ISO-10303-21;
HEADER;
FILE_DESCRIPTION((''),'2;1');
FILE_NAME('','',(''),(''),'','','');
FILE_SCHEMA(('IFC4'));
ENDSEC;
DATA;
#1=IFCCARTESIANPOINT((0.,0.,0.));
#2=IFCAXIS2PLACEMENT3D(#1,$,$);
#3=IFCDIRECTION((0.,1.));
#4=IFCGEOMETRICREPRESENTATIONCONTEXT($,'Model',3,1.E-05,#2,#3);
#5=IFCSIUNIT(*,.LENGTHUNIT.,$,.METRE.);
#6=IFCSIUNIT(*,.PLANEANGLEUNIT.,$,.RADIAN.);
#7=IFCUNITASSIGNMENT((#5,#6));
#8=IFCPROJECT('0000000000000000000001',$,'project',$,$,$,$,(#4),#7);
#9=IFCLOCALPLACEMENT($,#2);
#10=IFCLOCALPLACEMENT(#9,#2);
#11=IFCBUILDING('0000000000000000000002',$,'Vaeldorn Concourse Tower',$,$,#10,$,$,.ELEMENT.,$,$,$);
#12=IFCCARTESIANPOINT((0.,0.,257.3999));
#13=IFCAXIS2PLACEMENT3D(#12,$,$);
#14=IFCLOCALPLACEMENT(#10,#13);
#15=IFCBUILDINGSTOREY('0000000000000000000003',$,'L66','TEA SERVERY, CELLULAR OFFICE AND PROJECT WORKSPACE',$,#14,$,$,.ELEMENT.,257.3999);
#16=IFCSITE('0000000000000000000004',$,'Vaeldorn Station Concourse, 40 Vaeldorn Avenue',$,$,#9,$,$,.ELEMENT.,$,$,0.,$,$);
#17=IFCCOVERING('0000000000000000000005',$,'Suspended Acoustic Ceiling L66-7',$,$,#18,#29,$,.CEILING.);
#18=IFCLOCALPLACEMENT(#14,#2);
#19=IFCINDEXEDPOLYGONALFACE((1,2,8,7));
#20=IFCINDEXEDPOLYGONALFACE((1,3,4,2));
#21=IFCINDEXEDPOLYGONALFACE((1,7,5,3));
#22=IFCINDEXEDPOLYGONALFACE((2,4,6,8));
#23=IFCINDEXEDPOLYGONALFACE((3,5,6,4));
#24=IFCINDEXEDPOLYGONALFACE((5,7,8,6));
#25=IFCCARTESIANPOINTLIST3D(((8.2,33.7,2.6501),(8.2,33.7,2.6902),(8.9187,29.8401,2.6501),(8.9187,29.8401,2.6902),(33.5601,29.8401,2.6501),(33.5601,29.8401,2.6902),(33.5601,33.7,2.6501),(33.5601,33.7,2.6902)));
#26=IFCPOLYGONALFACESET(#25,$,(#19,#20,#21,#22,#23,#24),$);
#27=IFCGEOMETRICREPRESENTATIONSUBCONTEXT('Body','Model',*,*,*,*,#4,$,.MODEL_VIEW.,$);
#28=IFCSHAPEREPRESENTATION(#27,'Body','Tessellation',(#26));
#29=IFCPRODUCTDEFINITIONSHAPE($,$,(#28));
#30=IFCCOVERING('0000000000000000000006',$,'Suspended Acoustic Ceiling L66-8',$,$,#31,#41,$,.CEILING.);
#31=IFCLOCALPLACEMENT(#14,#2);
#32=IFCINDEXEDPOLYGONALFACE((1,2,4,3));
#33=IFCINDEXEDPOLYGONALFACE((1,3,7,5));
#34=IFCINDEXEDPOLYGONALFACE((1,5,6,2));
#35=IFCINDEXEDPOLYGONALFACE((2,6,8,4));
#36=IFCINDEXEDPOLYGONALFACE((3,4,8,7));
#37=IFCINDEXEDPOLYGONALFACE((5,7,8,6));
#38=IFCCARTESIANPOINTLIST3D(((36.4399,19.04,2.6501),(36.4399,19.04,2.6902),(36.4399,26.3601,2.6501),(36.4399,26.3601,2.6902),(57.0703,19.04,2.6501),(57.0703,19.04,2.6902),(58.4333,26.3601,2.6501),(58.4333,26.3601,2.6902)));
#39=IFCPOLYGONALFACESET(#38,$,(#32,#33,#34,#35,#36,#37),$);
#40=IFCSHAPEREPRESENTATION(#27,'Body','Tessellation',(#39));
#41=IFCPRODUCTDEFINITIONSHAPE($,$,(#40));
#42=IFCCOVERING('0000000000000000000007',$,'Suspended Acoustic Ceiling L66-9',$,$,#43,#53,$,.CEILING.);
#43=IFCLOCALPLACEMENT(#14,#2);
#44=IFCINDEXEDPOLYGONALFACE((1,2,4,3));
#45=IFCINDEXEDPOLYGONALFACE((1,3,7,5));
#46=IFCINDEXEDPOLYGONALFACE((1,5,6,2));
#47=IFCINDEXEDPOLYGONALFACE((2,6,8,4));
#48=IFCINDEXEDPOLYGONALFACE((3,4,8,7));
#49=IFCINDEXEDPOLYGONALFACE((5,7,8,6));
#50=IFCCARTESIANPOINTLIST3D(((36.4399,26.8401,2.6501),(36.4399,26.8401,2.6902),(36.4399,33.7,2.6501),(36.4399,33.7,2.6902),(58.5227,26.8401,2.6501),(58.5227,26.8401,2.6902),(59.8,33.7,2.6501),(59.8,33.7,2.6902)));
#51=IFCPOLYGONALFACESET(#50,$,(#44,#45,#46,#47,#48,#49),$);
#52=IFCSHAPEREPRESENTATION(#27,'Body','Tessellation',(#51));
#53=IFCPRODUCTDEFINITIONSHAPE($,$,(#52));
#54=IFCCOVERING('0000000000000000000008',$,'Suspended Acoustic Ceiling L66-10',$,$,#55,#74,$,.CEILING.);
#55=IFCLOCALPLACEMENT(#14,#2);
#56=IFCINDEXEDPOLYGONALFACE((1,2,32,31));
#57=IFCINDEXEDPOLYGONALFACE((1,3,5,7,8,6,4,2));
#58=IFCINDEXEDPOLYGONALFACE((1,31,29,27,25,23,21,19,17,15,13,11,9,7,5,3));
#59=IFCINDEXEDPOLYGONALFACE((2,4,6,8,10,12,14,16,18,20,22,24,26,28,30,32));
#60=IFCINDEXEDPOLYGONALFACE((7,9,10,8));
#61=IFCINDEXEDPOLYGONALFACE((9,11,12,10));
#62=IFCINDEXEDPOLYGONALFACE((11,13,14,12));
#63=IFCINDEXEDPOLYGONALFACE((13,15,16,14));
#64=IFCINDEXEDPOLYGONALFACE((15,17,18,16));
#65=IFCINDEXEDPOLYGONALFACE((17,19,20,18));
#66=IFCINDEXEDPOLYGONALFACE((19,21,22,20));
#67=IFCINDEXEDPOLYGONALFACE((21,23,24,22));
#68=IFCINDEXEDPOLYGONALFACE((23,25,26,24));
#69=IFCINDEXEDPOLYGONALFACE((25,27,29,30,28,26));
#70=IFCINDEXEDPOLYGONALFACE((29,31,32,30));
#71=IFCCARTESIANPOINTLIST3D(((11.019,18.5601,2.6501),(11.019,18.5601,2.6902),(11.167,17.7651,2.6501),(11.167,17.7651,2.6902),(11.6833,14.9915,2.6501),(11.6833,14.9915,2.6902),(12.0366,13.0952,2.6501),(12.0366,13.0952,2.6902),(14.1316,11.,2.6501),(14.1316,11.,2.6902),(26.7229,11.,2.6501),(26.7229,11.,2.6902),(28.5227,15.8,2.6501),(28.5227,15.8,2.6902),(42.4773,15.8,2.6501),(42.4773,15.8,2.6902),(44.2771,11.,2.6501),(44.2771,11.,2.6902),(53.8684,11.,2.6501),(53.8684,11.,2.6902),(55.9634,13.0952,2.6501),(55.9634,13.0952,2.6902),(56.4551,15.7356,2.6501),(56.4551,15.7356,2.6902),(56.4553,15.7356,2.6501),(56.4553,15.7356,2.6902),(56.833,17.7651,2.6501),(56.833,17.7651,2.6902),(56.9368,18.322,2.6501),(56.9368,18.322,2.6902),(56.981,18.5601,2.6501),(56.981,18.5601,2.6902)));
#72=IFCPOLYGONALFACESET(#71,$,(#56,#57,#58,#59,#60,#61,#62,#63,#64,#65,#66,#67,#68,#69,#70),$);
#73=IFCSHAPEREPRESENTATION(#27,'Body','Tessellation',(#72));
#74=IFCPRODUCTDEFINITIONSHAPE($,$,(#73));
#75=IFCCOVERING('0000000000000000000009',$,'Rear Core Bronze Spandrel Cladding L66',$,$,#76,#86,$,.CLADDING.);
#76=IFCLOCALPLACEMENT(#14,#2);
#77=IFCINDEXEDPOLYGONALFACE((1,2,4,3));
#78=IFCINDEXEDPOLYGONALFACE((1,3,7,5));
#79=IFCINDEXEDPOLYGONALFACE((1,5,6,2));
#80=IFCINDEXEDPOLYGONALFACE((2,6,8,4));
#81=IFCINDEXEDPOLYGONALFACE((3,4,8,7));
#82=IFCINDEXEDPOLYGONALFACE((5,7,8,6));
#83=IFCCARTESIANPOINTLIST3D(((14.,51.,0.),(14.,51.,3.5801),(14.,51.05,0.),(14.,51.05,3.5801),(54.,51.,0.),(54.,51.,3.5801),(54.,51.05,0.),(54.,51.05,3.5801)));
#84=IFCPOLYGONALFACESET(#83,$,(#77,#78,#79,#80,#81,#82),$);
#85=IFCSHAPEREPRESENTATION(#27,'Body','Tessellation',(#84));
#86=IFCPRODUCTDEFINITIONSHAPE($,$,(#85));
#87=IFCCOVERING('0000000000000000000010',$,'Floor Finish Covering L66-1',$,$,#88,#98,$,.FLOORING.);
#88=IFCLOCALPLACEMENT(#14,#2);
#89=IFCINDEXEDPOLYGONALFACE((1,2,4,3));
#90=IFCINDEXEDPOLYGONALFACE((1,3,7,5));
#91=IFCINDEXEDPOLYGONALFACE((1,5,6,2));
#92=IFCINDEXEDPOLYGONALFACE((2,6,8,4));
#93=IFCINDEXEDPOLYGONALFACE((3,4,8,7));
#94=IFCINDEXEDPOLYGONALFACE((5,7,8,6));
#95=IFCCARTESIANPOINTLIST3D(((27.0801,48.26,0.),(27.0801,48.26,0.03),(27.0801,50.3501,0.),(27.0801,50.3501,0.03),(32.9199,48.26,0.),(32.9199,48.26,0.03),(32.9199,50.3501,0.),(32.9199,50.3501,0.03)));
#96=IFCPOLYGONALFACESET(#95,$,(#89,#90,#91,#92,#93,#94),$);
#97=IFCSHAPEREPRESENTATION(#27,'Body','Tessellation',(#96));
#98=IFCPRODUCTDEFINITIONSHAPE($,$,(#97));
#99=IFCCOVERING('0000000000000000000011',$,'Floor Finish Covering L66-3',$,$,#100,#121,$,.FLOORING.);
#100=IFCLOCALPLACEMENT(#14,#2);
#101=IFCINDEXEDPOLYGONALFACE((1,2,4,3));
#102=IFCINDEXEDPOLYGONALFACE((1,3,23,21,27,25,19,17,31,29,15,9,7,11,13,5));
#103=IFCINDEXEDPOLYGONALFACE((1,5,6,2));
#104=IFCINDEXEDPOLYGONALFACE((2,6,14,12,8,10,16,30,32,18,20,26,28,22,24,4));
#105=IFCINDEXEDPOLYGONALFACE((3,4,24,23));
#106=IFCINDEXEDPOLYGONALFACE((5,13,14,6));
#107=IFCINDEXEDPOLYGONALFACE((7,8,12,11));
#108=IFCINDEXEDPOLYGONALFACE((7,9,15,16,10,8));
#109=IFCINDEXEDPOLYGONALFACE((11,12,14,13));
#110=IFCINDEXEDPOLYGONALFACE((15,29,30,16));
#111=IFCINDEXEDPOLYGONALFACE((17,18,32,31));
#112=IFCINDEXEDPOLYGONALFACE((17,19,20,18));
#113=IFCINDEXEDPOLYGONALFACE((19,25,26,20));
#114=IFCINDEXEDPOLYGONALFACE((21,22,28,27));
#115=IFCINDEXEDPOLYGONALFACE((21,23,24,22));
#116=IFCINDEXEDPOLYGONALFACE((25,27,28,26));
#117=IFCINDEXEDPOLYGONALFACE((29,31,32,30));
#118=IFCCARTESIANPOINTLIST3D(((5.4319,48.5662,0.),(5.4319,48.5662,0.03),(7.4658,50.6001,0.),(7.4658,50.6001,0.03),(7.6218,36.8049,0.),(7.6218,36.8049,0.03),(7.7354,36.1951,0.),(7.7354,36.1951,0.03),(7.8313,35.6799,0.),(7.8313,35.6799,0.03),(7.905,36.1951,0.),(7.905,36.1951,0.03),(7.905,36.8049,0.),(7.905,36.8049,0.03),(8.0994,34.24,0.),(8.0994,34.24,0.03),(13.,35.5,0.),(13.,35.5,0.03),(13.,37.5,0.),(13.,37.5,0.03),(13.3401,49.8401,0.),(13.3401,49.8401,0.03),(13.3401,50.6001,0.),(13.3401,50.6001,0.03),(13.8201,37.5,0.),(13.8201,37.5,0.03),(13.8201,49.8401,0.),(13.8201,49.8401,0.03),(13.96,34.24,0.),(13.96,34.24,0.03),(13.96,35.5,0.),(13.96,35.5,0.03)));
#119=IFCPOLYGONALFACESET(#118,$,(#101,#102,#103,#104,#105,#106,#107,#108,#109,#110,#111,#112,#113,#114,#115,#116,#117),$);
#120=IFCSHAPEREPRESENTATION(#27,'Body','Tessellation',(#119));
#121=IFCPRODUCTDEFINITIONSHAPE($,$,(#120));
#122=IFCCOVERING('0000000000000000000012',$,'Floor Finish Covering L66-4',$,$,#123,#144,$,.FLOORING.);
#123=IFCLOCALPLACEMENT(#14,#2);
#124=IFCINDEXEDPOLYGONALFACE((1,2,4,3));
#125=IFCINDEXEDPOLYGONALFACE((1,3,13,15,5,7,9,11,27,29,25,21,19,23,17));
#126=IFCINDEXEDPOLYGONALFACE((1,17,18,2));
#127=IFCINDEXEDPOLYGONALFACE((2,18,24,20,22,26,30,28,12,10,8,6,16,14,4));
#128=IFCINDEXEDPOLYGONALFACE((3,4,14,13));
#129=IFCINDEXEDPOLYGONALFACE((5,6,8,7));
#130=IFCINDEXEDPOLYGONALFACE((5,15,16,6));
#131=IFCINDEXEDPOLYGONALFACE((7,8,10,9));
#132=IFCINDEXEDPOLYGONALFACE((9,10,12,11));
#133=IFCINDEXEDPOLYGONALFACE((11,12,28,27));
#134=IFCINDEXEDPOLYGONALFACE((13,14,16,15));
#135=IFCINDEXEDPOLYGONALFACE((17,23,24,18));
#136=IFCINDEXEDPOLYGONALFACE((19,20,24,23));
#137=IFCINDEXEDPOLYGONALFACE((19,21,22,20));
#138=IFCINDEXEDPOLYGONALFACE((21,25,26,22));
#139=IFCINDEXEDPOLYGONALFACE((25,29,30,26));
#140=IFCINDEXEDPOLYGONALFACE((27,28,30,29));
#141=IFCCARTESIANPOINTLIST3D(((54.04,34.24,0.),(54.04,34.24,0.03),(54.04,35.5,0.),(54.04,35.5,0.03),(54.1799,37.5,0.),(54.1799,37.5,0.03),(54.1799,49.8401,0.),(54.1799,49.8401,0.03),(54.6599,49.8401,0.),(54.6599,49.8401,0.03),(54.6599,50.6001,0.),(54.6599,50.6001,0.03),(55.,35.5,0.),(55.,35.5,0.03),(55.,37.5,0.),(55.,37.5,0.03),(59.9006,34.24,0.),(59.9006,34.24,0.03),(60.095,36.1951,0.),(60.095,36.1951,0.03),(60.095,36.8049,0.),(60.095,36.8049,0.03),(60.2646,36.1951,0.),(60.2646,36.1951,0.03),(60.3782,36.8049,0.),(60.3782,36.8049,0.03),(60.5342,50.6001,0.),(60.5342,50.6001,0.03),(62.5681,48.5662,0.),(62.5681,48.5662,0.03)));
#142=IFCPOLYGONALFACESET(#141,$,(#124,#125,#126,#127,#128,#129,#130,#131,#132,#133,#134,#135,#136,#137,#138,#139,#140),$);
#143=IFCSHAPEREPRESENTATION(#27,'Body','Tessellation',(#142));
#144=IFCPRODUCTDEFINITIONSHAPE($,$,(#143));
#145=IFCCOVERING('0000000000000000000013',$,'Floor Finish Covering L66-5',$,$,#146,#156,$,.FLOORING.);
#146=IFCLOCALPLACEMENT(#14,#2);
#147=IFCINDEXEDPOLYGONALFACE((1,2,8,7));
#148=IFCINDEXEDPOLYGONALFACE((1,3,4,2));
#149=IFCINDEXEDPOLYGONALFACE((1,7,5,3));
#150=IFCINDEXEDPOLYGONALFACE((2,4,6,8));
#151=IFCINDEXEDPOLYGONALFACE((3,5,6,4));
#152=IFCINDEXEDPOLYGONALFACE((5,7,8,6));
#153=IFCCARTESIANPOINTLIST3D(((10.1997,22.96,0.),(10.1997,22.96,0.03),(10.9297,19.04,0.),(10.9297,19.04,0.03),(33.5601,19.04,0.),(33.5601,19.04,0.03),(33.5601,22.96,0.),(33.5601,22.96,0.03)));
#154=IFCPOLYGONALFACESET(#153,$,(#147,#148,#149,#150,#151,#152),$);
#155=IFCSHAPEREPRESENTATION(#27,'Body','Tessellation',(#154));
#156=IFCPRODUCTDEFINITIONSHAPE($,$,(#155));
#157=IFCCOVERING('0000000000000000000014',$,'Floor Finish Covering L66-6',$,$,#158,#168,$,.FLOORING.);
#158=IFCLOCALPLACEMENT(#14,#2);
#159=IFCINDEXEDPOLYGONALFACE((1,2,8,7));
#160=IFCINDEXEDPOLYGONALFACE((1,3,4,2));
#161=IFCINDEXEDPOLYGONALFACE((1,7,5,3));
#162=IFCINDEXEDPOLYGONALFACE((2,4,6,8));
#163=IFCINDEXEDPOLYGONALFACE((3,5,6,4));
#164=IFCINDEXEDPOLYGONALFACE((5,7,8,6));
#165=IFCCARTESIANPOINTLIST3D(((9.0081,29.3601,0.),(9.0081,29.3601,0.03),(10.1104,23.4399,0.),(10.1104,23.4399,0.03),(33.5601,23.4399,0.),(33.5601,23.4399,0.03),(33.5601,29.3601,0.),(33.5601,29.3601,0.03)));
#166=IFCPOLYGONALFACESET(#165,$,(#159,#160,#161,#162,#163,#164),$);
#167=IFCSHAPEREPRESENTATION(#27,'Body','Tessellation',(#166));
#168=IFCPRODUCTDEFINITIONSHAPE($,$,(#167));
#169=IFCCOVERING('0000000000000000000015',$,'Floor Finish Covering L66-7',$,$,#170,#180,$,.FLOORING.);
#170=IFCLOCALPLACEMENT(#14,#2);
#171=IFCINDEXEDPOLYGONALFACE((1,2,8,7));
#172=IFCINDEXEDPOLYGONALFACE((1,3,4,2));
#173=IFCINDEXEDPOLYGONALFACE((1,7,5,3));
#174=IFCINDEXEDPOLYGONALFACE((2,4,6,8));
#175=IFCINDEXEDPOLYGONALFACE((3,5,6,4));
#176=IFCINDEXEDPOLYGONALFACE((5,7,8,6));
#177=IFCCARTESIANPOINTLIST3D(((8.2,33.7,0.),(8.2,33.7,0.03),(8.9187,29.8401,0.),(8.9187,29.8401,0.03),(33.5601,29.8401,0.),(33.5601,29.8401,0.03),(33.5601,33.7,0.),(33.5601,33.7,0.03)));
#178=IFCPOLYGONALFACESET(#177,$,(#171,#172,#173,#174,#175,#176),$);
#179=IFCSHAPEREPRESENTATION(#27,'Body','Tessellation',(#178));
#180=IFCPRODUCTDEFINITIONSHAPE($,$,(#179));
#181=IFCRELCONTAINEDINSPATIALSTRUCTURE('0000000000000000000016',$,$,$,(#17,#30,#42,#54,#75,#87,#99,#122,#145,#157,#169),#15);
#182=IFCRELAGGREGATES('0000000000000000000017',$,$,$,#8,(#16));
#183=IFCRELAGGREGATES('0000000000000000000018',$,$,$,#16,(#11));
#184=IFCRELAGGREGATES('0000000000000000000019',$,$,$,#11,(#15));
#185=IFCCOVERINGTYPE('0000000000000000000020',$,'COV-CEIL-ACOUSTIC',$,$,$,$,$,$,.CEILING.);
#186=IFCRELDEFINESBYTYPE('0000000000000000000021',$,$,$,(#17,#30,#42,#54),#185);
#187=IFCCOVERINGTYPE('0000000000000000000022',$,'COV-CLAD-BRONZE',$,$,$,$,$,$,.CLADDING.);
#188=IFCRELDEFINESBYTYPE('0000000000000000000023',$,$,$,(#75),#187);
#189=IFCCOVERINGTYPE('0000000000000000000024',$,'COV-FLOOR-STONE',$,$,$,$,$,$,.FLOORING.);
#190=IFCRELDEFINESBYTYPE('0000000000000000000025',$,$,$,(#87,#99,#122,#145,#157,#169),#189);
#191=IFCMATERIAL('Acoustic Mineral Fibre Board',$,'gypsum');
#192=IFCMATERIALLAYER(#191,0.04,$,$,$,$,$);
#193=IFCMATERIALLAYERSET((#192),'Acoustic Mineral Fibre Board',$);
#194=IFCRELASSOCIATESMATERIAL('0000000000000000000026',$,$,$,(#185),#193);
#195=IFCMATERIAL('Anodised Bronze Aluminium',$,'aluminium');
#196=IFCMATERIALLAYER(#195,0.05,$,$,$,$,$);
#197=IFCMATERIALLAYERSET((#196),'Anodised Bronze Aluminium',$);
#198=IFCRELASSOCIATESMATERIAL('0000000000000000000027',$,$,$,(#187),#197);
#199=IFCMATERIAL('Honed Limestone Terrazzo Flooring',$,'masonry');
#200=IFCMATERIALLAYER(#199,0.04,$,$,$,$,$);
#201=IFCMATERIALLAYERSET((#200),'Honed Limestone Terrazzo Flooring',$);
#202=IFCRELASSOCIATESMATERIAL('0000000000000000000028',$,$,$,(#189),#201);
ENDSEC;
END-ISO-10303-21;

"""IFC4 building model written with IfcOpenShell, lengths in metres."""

from ifc_helpers import new_model, si_unit, direction, frame, origin, place, context, subcontext, project, spatial, polyline, outline, extrude, material, layer, layer_set, type_object, element, save


model = new_model("IFC4")

# Units and contexts
model_context = context("Model", 3, precision=1e-05, world=origin(), true_north=direction((0.0, 1.0)))
body_context = subcontext(model_context, "Body", "Model", "MODEL_VIEW")
ifc_project = project(units=[si_unit("LENGTHUNIT", "METRE"), si_unit("PLANEANGLEUNIT", "RADIAN")], contexts=[model_context])

# Site, building, storey
site_placement = place(None, origin())
site = spatial("IfcSite", under=ifc_project, at=site_placement, Name="Vaeldorn Station Concourse, 40 Vaeldorn Avenue", CompositionType="ELEMENT", RefElevation=0.0)
building_placement = place(site_placement, origin())
building = spatial("IfcBuilding", under=site, at=building_placement, Name="Vaeldorn Concourse Tower", CompositionType="ELEMENT")
storey_placement = place(building_placement, frame((0.0, 0.0, 257.3999)))
storey = spatial("IfcBuildingStorey", under=building, at=storey_placement, Name="L66", Description="TEA SERVERY, CELLULAR OFFICE AND PROJECT WORKSPACE", CompositionType="ELEMENT", Elevation=257.3999)

# Coverings
ifc_material_1 = material(Name="Acoustic Mineral Fibre Board", Category="gypsum")
ifc_layer_1 = layer(ifc_material_1, 0.04)
ifc_layer_set_1 = layer_set([ifc_layer_1], Name="Acoustic Mineral Fibre Board")
covering_type_1 = type_object("IfcCoveringType", Name="COV-CEIL-ACOUSTIC", PredefinedType="CEILING", material=ifc_layer_set_1)
covering_1_placement = place(storey_placement, frame((0.0, 0.0, 2.6501)))
element("IfcCovering", 1, at=covering_1_placement, inside=storey, type_object=covering_type_1, Name="Suspended Acoustic Ceiling L66-7", PredefinedType="CEILING", context=body_context, shape_type="SweptSolid", body=[
    extrude(outline(polyline([(33.5601, 33.7), (33.5601, 29.8401), (8.9187, 29.8401), (8.2, 33.7), (33.5601, 33.7)])), origin(), (0.0, 0.0, 1.0), 0.04),
])
covering_2_placement = place(storey_placement, frame((0.0, 0.0, 2.6501)))
element("IfcCovering", 2, at=covering_2_placement, inside=storey, type_object=covering_type_1, Name="Suspended Acoustic Ceiling L66-8", PredefinedType="CEILING", context=body_context, shape_type="SweptSolid", body=[
    extrude(outline(polyline([(36.4399, 19.04), (36.4399, 26.3601), (58.4333, 26.3601), (57.0703, 19.04), (36.4399, 19.04)])), origin(), (0.0, 0.0, 1.0), 0.04),
])
covering_3_placement = place(storey_placement, frame((0.0, 0.0, 2.6501)))
element("IfcCovering", 3, at=covering_3_placement, inside=storey, type_object=covering_type_1, Name="Suspended Acoustic Ceiling L66-9", PredefinedType="CEILING", context=body_context, shape_type="SweptSolid", body=[
    extrude(outline(polyline([(36.4399, 26.8401), (36.4399, 33.7), (59.8, 33.7), (58.5227, 26.8401), (36.4399, 26.8401)])), origin(), (0.0, 0.0, 1.0), 0.04),
])
covering_4_placement = place(storey_placement, frame((0.0, 0.0, 2.6501)))
element("IfcCovering", 4, at=covering_4_placement, inside=storey, type_object=covering_type_1, Name="Suspended Acoustic Ceiling L66-10", PredefinedType="CEILING", context=body_context, shape_type="SweptSolid", body=[
    extrude(outline(polyline([(56.981, 18.5601), (56.9368, 18.322), (56.833, 17.7651), (56.4553, 15.7356), (56.4551, 15.7356), (55.9634, 13.0952), (53.8684, 11.0), (44.2771, 11.0), (42.4773, 15.8), (28.5227, 15.8), (26.7229, 11.0), (14.1316, 11.0), (12.0366, 13.0952), (11.6833, 14.9915), (11.167, 17.7651), (11.019, 18.5601), (56.981, 18.5601)])), origin(), (0.0, 0.0, 1.0), 0.04),
])
ifc_material_2 = material(Name="Anodised Bronze Aluminium", Category="aluminium")
ifc_layer_2 = layer(ifc_material_2, 0.05)
ifc_layer_set_2 = layer_set([ifc_layer_2], Name="Anodised Bronze Aluminium")
covering_type_2 = type_object("IfcCoveringType", Name="COV-CLAD-BRONZE", PredefinedType="CLADDING", material=ifc_layer_set_2)
covering_5_placement = place(storey_placement, origin())
element("IfcCovering", 5, at=covering_5_placement, inside=storey, type_object=covering_type_2, Name="Rear Core Bronze Spandrel Cladding L66", PredefinedType="CLADDING", context=body_context, shape_type="SweptSolid", body=[
    extrude(outline(polyline([(14.0, 51.0), (54.0, 51.0), (54.0, 51.05), (14.0, 51.05), (14.0, 51.0)])), origin(), (0.0, 0.0, 1.0), 3.5801),
])
ifc_material_3 = material(Name="Honed Limestone Terrazzo Flooring", Category="masonry")
ifc_layer_3 = layer(ifc_material_3, 0.04)
ifc_layer_set_3 = layer_set([ifc_layer_3], Name="Honed Limestone Terrazzo Flooring")
covering_type_3 = type_object("IfcCoveringType", Name="COV-FLOOR-STONE", PredefinedType="FLOORING", material=ifc_layer_set_3)
covering_6_placement = place(storey_placement, origin())
element("IfcCovering", 6, at=covering_6_placement, inside=storey, type_object=covering_type_3, Name="Floor Finish Covering L66-1", PredefinedType="FLOORING", context=body_context, shape_type="SweptSolid", body=[
    extrude(outline(polyline([(27.0801, 48.26), (27.0801, 50.3501), (32.9199, 50.3501), (32.9199, 48.26), (27.0801, 48.26)])), origin(), (0.0, 0.0, 1.0), 0.03),
])
covering_7_placement = place(storey_placement, origin())
element("IfcCovering", 7, at=covering_7_placement, inside=storey, type_object=covering_type_3, Name="Floor Finish Covering L66-3", PredefinedType="FLOORING", context=body_context, shape_type="SweptSolid", body=[
    extrude(outline(polyline([(7.4658, 50.6001), (13.3401, 50.6001), (13.3401, 49.8401), (13.8201, 49.8401), (13.8201, 37.5), (13.0, 37.5), (13.0, 35.5), (13.96, 35.5), (13.96, 34.24), (8.0994, 34.24), (7.8313, 35.6799), (7.8313, 35.6799), (7.7354, 36.1951), (7.905, 36.1951), (7.905, 36.8049), (7.6218, 36.8049), (5.4319, 48.5662), (7.4658, 50.6001)])), origin(), (0.0, 0.0, 1.0), 0.03),
])
covering_8_placement = place(storey_placement, origin())
element("IfcCovering", 8, at=covering_8_placement, inside=storey, type_object=covering_type_3, Name="Floor Finish Covering L66-4", PredefinedType="FLOORING", context=body_context, shape_type="SweptSolid", body=[
    extrude(outline(polyline([(54.1799, 49.8401), (54.6599, 49.8401), (54.6599, 50.6001), (60.5342, 50.6001), (62.5681, 48.5662), (60.3782, 36.8049), (60.095, 36.8049), (60.095, 36.1951), (60.2646, 36.1951), (59.9006, 34.24), (54.04, 34.24), (54.04, 35.5), (55.0, 35.5), (55.0, 37.5), (54.1799, 37.5), (54.1799, 49.8401)])), origin(), (0.0, 0.0, 1.0), 0.03),
])
covering_9_placement = place(storey_placement, origin())
element("IfcCovering", 9, at=covering_9_placement, inside=storey, type_object=covering_type_3, Name="Floor Finish Covering L66-5", PredefinedType="FLOORING", context=body_context, shape_type="SweptSolid", body=[
    extrude(outline(polyline([(33.5601, 22.96), (33.5601, 19.04), (10.9297, 19.04), (10.1997, 22.96), (33.5601, 22.96)])), origin(), (0.0, 0.0, 1.0), 0.03),
])
covering_10_placement = place(storey_placement, origin())
element("IfcCovering", 10, at=covering_10_placement, inside=storey, type_object=covering_type_3, Name="Floor Finish Covering L66-6", PredefinedType="FLOORING", context=body_context, shape_type="SweptSolid", body=[
    extrude(outline(polyline([(33.5601, 29.3601), (33.5601, 23.4399), (10.1104, 23.4399), (9.0081, 29.3601), (33.5601, 29.3601)])), origin(), (0.0, 0.0, 1.0), 0.03),
])
covering_11_placement = place(storey_placement, origin())
element("IfcCovering", 11, at=covering_11_placement, inside=storey, type_object=covering_type_3, Name="Floor Finish Covering L66-7", PredefinedType="FLOORING", context=body_context, shape_type="SweptSolid", body=[
    extrude(outline(polyline([(33.5601, 33.7), (33.5601, 29.8401), (8.9187, 29.8401), (8.2, 33.7), (33.5601, 33.7)])), origin(), (0.0, 0.0, 1.0), 0.03),
])

save(model, "model.ifc")
